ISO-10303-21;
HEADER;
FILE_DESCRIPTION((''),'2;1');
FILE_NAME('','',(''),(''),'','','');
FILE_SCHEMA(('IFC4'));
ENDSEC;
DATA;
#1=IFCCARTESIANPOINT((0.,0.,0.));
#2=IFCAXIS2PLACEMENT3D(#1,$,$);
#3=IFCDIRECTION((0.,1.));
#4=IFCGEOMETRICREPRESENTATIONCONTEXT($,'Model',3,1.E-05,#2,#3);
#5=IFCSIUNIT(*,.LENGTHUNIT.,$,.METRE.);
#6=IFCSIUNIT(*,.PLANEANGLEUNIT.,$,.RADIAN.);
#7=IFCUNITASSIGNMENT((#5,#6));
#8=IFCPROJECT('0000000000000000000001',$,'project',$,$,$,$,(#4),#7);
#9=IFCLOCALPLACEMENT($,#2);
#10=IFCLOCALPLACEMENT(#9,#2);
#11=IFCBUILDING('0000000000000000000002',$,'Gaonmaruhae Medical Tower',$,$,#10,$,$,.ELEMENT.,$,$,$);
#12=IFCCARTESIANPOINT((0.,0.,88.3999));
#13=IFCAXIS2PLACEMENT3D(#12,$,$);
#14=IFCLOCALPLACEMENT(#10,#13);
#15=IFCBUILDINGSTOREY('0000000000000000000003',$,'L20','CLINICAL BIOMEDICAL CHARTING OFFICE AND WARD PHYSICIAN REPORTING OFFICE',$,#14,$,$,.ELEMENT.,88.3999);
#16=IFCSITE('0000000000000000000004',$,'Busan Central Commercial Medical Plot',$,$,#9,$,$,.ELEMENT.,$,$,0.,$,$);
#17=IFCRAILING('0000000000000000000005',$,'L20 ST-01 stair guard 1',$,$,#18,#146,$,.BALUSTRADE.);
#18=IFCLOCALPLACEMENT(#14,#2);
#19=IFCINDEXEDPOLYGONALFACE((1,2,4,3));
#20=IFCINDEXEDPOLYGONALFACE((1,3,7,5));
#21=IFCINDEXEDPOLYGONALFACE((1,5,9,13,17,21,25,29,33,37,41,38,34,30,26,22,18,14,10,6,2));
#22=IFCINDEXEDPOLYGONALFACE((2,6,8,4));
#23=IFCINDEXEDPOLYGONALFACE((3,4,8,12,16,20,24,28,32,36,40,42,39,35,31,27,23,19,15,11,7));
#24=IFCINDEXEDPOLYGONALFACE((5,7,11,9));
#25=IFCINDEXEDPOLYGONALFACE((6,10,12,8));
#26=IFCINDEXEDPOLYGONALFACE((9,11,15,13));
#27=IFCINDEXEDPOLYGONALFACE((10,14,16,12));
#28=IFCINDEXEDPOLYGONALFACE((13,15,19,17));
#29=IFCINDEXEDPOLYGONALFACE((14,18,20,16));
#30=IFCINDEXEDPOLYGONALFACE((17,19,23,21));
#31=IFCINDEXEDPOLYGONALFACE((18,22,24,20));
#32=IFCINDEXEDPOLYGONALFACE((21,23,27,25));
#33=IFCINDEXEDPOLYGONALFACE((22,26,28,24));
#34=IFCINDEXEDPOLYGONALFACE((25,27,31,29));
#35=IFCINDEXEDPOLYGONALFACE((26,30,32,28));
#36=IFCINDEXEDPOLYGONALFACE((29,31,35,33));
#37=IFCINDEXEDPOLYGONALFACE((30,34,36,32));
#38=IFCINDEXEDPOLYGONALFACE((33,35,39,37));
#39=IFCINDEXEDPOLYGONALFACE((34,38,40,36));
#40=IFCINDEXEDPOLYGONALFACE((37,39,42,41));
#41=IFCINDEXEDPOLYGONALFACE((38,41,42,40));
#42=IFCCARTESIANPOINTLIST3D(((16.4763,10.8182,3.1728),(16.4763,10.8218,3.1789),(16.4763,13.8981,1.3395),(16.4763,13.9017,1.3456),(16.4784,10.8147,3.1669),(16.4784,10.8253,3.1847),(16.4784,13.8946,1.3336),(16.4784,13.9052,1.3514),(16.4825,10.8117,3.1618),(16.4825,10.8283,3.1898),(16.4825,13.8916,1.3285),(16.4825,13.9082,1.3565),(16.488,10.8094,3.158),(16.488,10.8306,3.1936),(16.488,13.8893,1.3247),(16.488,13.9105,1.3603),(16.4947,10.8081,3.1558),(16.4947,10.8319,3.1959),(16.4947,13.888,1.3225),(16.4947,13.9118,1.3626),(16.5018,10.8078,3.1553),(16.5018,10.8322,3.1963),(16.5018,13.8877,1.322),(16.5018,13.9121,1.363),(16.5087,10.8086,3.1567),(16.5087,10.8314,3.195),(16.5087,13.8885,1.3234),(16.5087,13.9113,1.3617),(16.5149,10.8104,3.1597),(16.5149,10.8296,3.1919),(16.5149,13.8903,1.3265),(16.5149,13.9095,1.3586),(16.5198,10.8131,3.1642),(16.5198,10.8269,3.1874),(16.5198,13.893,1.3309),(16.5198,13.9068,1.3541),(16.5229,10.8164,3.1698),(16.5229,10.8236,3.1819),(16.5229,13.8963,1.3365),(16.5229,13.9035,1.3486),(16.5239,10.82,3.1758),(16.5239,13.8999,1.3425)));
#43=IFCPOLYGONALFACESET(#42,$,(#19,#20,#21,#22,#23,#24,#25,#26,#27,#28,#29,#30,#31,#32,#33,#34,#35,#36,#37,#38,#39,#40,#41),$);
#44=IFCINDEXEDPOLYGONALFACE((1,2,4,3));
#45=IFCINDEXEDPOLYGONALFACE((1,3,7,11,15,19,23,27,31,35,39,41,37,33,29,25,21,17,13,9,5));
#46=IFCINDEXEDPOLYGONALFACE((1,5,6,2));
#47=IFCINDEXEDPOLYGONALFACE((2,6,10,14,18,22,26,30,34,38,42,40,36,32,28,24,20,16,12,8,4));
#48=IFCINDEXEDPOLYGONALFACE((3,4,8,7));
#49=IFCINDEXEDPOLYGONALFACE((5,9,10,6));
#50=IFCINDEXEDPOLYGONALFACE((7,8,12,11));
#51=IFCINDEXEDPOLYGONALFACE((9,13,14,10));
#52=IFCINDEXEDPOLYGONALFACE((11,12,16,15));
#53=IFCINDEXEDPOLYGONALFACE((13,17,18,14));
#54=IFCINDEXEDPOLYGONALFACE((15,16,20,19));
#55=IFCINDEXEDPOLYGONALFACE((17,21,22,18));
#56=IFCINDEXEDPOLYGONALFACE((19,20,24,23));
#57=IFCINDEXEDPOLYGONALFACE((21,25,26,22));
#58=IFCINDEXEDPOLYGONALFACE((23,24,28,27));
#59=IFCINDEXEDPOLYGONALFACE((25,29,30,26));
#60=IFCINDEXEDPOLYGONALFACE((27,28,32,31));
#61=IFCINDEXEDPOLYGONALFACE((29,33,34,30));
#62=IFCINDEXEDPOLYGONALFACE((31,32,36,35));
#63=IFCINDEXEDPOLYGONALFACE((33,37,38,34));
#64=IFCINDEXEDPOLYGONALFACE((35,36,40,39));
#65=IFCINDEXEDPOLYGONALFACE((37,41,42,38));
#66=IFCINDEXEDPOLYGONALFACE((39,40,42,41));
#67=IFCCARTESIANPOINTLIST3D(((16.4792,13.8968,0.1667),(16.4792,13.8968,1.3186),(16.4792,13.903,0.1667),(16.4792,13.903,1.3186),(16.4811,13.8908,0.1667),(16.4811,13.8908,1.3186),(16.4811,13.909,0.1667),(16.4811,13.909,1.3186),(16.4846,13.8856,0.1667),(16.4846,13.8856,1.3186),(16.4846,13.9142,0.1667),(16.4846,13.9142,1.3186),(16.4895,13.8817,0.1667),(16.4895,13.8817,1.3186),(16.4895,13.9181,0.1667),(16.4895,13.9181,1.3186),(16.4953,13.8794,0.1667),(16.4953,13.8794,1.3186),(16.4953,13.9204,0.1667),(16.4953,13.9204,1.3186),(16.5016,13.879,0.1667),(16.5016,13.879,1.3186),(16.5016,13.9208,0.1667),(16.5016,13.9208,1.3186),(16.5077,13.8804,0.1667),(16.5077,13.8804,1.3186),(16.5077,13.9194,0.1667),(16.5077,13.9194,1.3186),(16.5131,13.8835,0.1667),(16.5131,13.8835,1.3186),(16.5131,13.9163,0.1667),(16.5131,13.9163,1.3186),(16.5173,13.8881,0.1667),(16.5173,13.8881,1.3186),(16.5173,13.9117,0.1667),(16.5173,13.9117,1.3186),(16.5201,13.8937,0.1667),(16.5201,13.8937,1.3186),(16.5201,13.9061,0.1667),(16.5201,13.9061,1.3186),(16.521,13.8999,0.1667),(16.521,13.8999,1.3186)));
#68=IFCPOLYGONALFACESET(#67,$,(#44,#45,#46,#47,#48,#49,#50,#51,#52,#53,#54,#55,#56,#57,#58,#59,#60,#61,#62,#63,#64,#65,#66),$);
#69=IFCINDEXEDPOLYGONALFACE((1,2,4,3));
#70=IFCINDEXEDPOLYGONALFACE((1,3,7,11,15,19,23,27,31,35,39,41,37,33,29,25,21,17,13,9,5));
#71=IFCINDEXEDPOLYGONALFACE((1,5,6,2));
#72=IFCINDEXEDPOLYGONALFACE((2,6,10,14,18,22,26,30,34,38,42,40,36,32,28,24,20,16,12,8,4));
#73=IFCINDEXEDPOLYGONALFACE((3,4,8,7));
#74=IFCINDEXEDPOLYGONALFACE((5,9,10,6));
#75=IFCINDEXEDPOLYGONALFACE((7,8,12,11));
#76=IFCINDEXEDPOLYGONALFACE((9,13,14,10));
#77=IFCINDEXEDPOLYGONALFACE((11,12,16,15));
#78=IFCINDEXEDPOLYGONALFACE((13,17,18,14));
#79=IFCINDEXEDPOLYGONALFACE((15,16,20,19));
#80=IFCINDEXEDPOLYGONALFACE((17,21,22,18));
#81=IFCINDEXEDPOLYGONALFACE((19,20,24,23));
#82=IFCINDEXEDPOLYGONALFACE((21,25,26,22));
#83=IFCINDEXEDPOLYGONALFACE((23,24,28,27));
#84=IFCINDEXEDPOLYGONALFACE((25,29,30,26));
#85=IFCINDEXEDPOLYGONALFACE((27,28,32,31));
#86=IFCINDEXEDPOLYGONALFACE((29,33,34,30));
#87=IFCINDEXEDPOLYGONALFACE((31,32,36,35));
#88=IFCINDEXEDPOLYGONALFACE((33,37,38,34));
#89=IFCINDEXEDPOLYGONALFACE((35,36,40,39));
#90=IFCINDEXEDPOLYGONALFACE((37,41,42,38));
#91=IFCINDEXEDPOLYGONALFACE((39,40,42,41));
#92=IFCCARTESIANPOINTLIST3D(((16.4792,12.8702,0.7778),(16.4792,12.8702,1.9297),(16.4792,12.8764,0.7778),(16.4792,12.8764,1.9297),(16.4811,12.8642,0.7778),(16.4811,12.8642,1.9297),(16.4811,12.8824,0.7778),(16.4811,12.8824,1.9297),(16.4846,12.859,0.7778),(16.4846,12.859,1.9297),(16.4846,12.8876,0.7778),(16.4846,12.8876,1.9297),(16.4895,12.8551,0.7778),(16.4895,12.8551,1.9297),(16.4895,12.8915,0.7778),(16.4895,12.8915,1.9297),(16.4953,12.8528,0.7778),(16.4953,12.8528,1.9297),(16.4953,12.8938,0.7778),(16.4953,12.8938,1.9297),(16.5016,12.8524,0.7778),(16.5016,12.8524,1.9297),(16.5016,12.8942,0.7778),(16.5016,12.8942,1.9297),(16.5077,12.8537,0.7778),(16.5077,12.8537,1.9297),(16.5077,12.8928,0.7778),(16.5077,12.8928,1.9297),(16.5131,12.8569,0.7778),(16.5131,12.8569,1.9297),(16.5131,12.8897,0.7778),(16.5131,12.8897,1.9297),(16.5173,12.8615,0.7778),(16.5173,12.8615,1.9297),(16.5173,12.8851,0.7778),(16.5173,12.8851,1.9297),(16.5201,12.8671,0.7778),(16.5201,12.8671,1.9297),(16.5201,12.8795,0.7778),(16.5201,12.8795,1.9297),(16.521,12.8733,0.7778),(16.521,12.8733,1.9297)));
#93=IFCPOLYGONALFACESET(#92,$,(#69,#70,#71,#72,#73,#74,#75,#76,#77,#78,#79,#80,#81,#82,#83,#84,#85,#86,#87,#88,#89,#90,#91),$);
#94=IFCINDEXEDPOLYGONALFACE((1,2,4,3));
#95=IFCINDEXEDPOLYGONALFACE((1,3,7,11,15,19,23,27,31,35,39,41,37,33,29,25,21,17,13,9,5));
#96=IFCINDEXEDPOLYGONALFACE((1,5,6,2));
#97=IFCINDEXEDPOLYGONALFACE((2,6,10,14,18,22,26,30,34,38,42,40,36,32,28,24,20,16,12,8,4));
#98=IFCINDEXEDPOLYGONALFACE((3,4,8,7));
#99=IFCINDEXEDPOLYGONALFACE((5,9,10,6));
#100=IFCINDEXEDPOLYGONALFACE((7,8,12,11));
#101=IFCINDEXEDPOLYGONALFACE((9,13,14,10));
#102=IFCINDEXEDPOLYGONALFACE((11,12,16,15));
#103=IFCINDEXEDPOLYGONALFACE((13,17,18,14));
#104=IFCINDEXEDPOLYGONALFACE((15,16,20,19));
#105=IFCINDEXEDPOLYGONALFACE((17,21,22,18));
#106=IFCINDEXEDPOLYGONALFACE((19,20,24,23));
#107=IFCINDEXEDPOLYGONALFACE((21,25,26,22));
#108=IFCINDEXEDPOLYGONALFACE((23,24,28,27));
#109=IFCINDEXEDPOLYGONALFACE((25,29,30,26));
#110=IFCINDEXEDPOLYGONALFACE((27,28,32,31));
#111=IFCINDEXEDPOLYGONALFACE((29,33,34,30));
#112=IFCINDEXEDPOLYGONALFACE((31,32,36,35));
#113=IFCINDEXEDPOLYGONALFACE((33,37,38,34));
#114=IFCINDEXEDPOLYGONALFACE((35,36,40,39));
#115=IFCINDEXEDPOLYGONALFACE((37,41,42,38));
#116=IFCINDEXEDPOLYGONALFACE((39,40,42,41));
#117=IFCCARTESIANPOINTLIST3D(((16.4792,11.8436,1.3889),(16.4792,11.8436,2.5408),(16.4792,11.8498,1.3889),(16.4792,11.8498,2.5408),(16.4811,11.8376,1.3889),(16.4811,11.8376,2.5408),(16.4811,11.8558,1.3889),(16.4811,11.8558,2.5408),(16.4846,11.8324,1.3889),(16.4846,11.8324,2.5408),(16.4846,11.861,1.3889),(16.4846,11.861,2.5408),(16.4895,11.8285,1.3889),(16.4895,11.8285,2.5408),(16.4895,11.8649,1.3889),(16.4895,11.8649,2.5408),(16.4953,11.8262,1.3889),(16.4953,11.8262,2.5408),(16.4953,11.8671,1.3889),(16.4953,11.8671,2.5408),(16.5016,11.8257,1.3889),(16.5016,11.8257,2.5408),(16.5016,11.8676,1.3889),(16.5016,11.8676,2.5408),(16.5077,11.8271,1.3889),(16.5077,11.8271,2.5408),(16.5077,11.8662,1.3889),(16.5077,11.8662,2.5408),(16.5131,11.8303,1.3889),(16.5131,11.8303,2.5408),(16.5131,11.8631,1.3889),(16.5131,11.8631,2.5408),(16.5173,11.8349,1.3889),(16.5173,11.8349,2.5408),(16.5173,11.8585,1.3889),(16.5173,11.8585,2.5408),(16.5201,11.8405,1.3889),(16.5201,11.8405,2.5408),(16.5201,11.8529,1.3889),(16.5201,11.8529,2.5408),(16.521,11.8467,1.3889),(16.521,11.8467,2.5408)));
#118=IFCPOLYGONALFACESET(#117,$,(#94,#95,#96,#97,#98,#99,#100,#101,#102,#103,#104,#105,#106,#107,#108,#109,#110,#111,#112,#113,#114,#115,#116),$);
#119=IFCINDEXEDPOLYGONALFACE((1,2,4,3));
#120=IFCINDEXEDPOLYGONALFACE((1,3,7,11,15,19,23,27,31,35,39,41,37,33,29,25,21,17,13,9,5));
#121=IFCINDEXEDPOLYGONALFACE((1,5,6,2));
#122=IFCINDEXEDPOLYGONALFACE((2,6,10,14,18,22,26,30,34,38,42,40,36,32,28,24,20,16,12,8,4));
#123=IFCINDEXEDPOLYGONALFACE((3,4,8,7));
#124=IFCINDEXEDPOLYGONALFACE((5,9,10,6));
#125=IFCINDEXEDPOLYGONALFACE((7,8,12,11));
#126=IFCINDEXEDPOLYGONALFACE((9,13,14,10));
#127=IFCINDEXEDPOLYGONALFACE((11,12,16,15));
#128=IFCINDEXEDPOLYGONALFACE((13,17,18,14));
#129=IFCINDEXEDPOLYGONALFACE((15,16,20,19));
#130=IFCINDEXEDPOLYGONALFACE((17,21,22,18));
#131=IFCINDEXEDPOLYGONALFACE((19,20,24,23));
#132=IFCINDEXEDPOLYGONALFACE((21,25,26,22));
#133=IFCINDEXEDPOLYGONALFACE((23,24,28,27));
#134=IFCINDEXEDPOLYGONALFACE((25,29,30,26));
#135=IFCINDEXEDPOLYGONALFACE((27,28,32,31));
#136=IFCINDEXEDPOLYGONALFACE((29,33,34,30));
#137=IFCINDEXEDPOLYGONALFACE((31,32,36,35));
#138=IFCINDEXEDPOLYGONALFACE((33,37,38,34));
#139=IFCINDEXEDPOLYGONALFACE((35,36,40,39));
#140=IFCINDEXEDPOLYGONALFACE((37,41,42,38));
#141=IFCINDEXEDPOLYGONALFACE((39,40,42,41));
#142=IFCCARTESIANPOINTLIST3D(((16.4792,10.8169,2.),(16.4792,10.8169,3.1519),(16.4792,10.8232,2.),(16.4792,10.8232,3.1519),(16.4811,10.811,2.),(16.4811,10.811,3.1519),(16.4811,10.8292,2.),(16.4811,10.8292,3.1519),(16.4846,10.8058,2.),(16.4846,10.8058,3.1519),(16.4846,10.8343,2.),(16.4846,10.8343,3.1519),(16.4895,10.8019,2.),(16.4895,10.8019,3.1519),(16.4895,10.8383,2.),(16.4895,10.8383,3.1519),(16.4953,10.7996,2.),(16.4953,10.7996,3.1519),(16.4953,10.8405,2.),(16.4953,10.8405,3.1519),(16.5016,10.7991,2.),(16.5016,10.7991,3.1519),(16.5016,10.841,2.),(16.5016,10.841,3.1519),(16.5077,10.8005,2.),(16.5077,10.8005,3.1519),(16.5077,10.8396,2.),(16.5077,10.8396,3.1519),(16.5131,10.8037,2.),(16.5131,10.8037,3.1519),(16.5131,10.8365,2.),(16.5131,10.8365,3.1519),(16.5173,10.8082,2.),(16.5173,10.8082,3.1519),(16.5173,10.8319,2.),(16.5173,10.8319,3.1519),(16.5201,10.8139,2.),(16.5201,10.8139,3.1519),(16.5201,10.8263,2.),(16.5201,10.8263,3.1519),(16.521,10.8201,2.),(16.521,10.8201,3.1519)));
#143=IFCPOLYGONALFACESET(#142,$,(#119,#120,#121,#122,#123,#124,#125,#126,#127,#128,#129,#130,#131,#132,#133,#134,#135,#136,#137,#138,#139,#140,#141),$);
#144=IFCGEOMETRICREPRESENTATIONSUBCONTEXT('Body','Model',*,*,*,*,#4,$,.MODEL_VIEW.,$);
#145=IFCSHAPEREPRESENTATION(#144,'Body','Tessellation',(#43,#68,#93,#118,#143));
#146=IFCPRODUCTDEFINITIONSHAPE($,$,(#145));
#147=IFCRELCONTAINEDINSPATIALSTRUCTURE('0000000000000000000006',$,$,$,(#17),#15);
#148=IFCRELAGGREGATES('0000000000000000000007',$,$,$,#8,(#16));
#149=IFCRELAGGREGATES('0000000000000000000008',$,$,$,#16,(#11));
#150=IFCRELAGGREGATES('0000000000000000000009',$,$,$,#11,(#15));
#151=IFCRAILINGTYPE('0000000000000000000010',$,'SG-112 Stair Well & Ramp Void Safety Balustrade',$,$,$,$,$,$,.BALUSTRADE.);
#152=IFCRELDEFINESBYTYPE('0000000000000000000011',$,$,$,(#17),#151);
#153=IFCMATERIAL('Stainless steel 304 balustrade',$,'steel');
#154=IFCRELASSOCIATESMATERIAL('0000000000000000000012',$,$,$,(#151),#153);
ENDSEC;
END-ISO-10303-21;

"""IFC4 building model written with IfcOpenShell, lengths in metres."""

from ifc_helpers import new_model, si_unit, direction, frame, origin, origin_2d, place, context, subcontext, project, spatial, circle, extrude, material, type_object, element, save


model = new_model("IFC4")

# Units and contexts
model_context = context("Model", 3, precision=1e-05, world=origin(), true_north=direction((0.0, 1.0)))
body_context = subcontext(model_context, "Body", "Model", "MODEL_VIEW")
ifc_project = project(units=[si_unit("LENGTHUNIT", "METRE"), si_unit("PLANEANGLEUNIT", "RADIAN")], contexts=[model_context])

# Site, building, storey
site_placement = place(None, origin())
site = spatial("IfcSite", under=ifc_project, at=site_placement, Name="Busan Central Commercial Medical Plot", CompositionType="ELEMENT", RefElevation=0.0)
building_placement = place(site_placement, origin())
building = spatial("IfcBuilding", under=site, at=building_placement, Name="Gaonmaruhae Medical Tower", CompositionType="ELEMENT")
storey_placement = place(building_placement, frame((0.0, 0.0, 88.3999)))
storey = spatial("IfcBuildingStorey", under=building, at=storey_placement, Name="L20", Description="CLINICAL BIOMEDICAL CHARTING OFFICE AND WARD PHYSICIAN REPORTING OFFICE", CompositionType="ELEMENT", Elevation=88.3999)

# Railing
ifc_material_1 = material(Name="Stainless steel 304 balustrade", Category="steel")
railing_type_1 = type_object("IfcRailingType", Name="SG-112 Stair Well & Ramp Void Safety Balustrade", PredefinedType="BALUSTRADE", material=ifc_material_1)
railing_1_placement = place(storey_placement, frame((16.5, 13.8999, 0.1667)))
element("IfcRailing", 1, at=railing_1_placement, inside=storey, type_object=railing_type_1, Name="L20 ST-01 stair guard 1", PredefinedType="BALUSTRADE", context=body_context, shape_type="SweptSolid", body=[
    extrude(circle(Radius=0.0239, at=origin_2d()), frame((0.0, 0.0, 1.1758), z_axis=(0.0, -0.859291, 0.511487), x_axis=(1.0, 0.0, 0.0)), (0.0, 0.0, 1.0), 3.5842),
    extrude(circle(Radius=0.021, at=origin_2d()), origin(), (0.0, 0.0, 1.0), 1.1519),
    extrude(circle(Radius=0.021, at=origin_2d()), frame((0.0, -1.0266, 0.6111)), (0.0, 0.0, 1.0), 1.1519),
    extrude(circle(Radius=0.021, at=origin_2d()), frame((0.0, -2.0532, 1.2222)), (0.0, 0.0, 1.0), 1.1519),
    extrude(circle(Radius=0.021, at=origin_2d()), frame((0.0, -3.0798, 1.8333)), (0.0, 0.0, 1.0), 1.1519),
])

save(model, "model.ifc")
